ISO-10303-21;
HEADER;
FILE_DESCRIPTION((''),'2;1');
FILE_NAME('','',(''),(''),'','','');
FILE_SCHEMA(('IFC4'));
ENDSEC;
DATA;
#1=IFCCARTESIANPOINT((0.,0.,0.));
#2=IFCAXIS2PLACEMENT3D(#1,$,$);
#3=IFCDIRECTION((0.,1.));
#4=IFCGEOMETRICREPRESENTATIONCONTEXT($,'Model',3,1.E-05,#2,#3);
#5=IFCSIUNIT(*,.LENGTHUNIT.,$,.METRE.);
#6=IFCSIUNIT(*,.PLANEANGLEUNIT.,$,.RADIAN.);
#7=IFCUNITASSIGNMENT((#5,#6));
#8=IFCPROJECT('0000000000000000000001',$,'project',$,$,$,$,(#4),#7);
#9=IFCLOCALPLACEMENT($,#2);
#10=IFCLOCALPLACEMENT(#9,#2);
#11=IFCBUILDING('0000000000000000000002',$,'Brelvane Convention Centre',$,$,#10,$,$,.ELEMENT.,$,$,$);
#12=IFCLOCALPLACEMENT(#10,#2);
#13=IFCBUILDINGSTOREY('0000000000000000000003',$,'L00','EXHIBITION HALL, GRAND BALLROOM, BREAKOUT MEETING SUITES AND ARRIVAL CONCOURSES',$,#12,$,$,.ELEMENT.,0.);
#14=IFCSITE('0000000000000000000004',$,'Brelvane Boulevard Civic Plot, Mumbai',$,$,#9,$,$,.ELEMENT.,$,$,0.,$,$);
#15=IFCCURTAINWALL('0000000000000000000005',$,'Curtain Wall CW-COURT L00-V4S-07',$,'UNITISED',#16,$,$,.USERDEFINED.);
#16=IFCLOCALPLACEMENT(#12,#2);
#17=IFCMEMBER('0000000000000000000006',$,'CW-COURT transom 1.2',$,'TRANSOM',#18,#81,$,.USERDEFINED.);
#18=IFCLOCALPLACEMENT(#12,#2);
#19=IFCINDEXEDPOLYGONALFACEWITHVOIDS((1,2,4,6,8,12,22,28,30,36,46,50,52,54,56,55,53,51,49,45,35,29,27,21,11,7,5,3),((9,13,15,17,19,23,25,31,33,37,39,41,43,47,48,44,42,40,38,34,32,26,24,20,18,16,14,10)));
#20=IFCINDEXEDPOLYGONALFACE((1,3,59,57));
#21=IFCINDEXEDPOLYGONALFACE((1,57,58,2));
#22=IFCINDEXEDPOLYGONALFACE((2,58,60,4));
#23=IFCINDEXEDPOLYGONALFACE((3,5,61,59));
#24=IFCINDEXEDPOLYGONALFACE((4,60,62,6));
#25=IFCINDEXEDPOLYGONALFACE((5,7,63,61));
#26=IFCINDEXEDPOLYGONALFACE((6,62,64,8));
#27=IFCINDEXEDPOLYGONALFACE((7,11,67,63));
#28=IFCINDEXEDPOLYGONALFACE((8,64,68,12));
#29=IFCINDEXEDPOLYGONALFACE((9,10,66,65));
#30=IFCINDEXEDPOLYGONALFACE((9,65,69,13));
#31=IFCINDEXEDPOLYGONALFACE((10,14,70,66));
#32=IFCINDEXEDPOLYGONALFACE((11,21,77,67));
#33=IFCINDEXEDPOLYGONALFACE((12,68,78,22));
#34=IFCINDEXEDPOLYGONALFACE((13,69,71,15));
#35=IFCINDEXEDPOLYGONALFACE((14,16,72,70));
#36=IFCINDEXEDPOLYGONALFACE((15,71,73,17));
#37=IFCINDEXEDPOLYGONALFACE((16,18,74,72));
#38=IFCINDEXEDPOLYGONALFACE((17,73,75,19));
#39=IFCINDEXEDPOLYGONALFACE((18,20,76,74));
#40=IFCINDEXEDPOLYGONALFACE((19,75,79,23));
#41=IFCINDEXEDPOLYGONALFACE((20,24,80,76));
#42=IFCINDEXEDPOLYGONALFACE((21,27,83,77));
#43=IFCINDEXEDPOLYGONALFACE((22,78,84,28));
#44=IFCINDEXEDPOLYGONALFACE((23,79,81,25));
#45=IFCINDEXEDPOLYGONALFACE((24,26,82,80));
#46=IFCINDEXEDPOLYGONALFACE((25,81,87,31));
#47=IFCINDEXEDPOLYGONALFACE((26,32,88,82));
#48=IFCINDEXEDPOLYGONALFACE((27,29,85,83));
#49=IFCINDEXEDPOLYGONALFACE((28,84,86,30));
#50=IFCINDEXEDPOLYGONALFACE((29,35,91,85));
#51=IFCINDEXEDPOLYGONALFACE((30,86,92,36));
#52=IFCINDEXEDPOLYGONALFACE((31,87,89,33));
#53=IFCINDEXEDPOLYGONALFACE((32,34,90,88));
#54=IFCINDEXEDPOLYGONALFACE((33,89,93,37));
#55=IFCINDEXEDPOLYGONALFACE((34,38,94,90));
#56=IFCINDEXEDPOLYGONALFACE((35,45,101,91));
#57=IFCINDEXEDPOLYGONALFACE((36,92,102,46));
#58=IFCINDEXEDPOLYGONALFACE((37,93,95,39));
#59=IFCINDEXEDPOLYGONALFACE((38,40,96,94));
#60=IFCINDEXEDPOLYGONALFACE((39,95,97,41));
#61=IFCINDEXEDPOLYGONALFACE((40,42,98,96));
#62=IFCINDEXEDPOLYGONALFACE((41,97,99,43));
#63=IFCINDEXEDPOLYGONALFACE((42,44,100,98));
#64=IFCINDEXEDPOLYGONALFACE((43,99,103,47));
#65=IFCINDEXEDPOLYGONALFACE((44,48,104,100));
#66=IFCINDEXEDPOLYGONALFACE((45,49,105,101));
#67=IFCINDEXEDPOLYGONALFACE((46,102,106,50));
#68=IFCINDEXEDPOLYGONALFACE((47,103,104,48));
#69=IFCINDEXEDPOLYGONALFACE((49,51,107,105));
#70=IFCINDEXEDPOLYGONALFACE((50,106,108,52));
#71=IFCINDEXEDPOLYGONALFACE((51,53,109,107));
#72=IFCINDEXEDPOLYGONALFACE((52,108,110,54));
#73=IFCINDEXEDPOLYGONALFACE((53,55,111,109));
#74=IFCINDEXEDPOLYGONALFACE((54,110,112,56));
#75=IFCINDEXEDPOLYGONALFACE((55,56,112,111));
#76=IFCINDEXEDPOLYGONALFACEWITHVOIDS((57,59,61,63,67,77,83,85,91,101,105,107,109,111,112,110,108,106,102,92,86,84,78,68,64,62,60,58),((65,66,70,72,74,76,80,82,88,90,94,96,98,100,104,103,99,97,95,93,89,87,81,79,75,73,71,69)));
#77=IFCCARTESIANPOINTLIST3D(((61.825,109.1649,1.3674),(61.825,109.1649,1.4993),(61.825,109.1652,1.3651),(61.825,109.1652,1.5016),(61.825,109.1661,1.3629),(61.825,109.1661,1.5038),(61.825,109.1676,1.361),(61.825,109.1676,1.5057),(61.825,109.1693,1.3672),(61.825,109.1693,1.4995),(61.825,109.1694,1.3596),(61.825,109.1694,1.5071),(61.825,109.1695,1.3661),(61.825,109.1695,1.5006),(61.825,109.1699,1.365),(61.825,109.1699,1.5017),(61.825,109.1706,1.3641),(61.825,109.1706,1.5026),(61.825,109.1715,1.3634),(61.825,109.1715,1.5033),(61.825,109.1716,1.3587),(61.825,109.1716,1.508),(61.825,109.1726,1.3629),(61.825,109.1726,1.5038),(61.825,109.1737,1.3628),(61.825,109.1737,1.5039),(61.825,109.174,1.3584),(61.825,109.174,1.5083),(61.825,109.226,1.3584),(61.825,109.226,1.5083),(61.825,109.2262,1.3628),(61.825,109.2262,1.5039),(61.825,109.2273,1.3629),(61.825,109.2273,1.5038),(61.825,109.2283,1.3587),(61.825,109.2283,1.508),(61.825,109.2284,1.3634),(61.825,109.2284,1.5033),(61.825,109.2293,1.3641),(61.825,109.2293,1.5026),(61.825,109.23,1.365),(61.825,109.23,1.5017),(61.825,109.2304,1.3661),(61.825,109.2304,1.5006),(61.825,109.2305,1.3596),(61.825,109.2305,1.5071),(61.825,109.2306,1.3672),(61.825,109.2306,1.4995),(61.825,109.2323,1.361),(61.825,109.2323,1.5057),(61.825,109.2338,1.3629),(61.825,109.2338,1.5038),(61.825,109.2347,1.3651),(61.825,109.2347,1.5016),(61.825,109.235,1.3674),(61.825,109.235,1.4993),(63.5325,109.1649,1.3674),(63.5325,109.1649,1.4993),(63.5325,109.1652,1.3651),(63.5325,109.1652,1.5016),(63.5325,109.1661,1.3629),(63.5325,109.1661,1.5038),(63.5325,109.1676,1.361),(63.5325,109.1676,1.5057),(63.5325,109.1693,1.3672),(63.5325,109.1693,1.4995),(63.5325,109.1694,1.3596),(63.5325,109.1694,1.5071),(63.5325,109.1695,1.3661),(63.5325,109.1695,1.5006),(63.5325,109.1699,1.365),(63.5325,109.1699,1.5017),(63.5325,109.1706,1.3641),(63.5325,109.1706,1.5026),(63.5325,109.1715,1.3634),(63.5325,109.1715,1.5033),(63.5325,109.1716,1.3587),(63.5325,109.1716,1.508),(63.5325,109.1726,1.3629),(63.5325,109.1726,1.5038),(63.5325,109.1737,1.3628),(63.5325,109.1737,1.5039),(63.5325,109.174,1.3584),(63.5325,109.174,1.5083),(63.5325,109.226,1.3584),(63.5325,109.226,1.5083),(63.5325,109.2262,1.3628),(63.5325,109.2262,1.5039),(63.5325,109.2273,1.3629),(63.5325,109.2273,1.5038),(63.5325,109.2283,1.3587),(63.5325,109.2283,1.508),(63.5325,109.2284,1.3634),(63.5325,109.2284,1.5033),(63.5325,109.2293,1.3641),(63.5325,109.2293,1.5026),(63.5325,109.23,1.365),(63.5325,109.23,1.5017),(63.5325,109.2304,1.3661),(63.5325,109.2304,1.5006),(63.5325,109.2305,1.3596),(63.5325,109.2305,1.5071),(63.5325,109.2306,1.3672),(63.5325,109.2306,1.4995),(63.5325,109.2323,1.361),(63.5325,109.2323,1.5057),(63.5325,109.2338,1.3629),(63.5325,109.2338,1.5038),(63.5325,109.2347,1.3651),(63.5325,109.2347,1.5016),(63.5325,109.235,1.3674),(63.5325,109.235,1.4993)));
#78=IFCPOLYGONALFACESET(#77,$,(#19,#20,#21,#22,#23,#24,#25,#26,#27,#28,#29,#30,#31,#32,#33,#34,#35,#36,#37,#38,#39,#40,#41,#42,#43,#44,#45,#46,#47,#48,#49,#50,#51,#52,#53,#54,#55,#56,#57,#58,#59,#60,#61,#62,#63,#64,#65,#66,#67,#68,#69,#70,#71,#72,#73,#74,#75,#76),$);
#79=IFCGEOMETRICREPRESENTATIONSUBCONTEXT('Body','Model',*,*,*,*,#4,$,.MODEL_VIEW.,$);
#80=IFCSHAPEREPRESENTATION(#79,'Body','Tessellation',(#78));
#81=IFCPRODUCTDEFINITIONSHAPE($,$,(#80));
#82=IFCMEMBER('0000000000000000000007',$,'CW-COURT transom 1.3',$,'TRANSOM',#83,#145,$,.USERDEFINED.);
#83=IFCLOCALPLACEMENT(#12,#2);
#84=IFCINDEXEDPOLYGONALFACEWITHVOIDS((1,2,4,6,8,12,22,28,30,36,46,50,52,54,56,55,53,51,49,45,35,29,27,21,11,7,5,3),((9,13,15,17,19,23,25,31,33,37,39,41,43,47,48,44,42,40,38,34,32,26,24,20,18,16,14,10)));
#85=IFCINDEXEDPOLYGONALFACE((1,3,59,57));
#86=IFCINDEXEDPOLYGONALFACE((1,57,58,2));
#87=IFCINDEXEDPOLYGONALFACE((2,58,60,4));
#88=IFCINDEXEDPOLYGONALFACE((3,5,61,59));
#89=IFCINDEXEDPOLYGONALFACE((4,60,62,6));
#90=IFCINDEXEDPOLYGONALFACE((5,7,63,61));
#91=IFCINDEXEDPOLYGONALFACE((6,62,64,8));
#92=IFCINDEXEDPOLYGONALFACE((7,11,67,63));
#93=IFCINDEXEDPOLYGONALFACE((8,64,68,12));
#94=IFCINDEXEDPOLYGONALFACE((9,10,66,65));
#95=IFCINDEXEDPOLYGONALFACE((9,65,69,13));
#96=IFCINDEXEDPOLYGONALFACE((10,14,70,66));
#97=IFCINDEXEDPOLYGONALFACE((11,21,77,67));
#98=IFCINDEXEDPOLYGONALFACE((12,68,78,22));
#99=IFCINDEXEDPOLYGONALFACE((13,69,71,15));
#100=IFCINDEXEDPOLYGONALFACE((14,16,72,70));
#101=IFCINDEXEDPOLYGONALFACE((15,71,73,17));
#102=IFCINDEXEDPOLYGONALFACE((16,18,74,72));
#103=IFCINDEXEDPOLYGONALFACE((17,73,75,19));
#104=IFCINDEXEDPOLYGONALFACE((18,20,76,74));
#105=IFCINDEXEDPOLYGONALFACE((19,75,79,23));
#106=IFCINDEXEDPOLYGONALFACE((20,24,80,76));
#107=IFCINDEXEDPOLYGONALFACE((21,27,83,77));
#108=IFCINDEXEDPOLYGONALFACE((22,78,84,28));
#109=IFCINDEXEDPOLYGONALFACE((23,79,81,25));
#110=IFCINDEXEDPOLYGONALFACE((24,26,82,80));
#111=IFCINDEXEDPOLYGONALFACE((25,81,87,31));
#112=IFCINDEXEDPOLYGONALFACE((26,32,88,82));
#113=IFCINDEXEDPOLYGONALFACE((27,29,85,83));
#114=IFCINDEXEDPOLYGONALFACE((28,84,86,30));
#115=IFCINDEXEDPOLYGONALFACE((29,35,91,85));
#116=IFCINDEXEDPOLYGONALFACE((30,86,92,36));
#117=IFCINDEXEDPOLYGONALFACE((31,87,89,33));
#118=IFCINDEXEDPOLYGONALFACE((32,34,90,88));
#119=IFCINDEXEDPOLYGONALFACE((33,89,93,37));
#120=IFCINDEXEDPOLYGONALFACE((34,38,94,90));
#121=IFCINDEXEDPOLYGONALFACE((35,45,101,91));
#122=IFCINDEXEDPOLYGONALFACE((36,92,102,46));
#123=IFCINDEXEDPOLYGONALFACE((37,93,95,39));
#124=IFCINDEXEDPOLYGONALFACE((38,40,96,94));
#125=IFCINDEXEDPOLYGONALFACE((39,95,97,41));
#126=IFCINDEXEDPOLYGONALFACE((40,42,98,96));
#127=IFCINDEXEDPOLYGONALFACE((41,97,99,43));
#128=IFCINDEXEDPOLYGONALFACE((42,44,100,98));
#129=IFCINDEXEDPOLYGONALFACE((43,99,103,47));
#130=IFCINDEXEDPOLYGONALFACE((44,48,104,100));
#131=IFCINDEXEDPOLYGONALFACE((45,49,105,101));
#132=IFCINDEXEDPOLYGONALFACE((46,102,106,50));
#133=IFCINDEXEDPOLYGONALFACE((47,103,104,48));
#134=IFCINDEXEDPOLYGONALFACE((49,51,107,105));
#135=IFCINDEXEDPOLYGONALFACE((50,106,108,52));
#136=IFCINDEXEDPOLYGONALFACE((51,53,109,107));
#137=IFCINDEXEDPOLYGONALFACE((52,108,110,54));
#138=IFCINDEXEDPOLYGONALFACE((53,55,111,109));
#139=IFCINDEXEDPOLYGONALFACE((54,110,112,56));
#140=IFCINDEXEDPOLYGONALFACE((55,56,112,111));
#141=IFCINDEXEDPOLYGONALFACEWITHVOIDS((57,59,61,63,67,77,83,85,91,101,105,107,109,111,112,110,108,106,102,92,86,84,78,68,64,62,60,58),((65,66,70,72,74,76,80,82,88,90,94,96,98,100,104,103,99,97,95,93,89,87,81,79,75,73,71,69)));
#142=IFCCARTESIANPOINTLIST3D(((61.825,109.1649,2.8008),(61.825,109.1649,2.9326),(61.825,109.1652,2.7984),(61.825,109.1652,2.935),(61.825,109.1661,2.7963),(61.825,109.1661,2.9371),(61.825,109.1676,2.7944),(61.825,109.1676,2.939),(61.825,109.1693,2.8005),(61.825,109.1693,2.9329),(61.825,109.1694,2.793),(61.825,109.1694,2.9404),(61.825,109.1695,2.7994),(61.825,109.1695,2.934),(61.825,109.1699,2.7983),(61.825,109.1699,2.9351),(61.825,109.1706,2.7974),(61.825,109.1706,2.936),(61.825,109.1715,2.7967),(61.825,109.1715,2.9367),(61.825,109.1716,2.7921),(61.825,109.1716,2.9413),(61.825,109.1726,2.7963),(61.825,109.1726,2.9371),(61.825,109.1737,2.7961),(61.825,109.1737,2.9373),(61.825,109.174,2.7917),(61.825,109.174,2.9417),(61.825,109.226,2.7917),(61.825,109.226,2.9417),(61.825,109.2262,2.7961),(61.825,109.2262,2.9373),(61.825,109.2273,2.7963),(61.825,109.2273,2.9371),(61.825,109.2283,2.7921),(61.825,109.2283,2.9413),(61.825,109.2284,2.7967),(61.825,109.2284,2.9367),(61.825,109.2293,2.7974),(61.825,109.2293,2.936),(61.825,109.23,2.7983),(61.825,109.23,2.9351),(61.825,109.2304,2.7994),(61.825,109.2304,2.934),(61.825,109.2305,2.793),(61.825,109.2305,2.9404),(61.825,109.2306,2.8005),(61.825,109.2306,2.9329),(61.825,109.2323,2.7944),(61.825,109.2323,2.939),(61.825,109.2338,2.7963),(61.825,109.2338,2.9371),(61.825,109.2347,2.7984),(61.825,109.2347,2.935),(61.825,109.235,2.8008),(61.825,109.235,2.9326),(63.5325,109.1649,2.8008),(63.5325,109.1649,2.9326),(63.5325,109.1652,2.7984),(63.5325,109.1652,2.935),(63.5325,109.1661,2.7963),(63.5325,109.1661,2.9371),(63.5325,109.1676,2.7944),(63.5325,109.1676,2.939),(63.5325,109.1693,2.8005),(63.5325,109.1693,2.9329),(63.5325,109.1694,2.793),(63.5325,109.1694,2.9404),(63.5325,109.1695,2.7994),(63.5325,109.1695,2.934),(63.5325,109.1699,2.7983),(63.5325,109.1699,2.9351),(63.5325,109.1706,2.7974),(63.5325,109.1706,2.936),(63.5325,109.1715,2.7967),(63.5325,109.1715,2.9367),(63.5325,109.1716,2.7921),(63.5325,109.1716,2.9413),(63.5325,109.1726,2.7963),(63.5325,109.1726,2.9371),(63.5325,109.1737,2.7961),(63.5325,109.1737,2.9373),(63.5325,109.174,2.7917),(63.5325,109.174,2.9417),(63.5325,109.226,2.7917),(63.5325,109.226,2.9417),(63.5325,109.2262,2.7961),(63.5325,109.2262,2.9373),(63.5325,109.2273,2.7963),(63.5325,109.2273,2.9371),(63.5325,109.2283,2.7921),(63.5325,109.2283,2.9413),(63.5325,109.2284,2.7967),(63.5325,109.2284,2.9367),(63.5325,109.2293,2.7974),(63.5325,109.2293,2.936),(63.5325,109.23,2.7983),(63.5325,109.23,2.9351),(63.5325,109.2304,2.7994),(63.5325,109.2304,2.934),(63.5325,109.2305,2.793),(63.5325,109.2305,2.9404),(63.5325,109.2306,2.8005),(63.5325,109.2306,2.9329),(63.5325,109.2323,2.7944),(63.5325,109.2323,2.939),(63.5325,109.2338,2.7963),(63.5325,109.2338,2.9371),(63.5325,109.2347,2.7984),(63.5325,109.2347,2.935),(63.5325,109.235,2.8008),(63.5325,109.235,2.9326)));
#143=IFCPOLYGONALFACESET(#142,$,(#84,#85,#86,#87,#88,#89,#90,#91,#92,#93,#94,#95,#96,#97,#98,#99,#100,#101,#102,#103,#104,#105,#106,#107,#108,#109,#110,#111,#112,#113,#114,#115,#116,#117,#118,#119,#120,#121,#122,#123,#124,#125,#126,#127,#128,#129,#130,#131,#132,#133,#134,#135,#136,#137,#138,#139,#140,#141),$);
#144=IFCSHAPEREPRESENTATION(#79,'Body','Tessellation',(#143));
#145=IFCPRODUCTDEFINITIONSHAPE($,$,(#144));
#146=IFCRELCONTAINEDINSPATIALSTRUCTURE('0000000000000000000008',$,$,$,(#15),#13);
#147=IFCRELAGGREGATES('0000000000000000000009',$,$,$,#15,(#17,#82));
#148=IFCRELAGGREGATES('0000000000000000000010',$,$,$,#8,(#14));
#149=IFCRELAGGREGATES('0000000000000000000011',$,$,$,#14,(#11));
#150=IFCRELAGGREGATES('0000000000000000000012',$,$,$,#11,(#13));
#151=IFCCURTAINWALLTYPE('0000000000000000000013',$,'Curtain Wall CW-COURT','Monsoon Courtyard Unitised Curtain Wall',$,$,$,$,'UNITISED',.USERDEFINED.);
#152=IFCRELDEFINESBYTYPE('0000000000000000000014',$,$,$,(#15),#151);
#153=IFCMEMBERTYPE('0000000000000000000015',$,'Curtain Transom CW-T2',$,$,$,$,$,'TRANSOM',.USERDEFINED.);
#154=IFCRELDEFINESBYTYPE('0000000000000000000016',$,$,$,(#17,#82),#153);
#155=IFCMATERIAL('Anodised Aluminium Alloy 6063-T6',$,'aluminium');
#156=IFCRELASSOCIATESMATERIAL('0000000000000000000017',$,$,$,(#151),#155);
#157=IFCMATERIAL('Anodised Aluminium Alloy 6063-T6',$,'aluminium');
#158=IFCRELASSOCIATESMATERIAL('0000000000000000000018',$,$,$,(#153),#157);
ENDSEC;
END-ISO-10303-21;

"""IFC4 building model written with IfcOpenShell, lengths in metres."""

from ifc_helpers import new_model, si_unit, direction, frame, origin, origin_2d, place, context, subcontext, project, spatial, hollow_rectangle, extrude, material, material_profile, profile_set, type_object, element, aggregate, save


model = new_model("IFC4")

# Units and contexts
model_context = context("Model", 3, precision=1e-05, world=origin(), true_north=direction((0.0, 1.0)))
body_context = subcontext(model_context, "Body", "Model", "MODEL_VIEW")
ifc_project = project(units=[si_unit("LENGTHUNIT", "METRE"), si_unit("PLANEANGLEUNIT", "RADIAN")], contexts=[model_context])

# Site, building, storey
site_placement = place(None, origin())
site = spatial("IfcSite", under=ifc_project, at=site_placement, Name="Brelvane Boulevard Civic Plot, Mumbai", CompositionType="ELEMENT", RefElevation=0.0)
building_placement = place(site_placement, origin())
building = spatial("IfcBuilding", under=site, at=building_placement, Name="Brelvane Convention Centre", CompositionType="ELEMENT")
storey_placement = place(building_placement, origin())
storey = spatial("IfcBuildingStorey", under=building, at=storey_placement, Name="L00", Description="EXHIBITION HALL, GRAND BALLROOM, BREAKOUT MEETING SUITES AND ARRIVAL CONCOURSES", CompositionType="ELEMENT", Elevation=0.0)

# Curtain wall, members
ifc_material_1 = material(Name="Anodised Aluminium Alloy 6063-T6", Category="aluminium")
curtain_wall_type = type_object("IfcCurtainWallType", Name="Curtain Wall CW-COURT", Description="Monsoon Courtyard Unitised Curtain Wall", ElementType="UNITISED", PredefinedType="USERDEFINED", material=ifc_material_1)
curtain_wall_placement = place(storey_placement, origin())
curtain_wall = element("IfcCurtainWall", 1, at=curtain_wall_placement, inside=storey, type_object=curtain_wall_type, Name="Curtain Wall CW-COURT L00-V4S-07", ObjectType="UNITISED", PredefinedType="USERDEFINED")
ifc_material_2 = material(Name="Anodised Aluminium Alloy 6063-T6", Category="aluminium")
ifc_material_profile_1 = material_profile(ifc_material_2, hollow_rectangle(XDim=0.0701, YDim=0.1499, WallThickness=0.0044, InnerFilletRadius=0.0044, OuterFilletRadius=0.009, at=origin_2d()), Name="ALU-T 150x70x4.5")
ifc_profile_set_1 = profile_set([ifc_material_profile_1], Name="Anodised Aluminium Alloy 6063-T6")
member_type_1 = type_object("IfcMemberType", Name="Curtain Transom CW-T2", ElementType="TRANSOM", PredefinedType="USERDEFINED", material=ifc_profile_set_1)
member_1_placement = place(storey_placement, frame((61.825, 109.2, 1.4333), z_axis=(1.0, 0.0, 0.0), x_axis=(0.0, 1.0, 0.0)))
member_1 = element("IfcMember", 2, at=member_1_placement, type_object=member_type_1, Name="CW-COURT transom 1.2", ObjectType="TRANSOM", PredefinedType="USERDEFINED", context=body_context, shape_type="SweptSolid", body=[
    extrude(hollow_rectangle(XDim=0.0701, YDim=0.1499, WallThickness=0.0044, InnerFilletRadius=0.0044, OuterFilletRadius=0.009, at=origin_2d()), origin(), (0.0, 0.0, 1.0), 1.7075),
])
member_2_placement = place(storey_placement, frame((61.825, 109.2, 2.8667), z_axis=(1.0, 0.0, 0.0), x_axis=(0.0, 1.0, 0.0)))
member_2 = element("IfcMember", 3, at=member_2_placement, type_object=member_type_1, Name="CW-COURT transom 1.3", ObjectType="TRANSOM", PredefinedType="USERDEFINED", context=body_context, shape_type="SweptSolid", body=[
    extrude(hollow_rectangle(XDim=0.0701, YDim=0.1499, WallThickness=0.0044, InnerFilletRadius=0.0044, OuterFilletRadius=0.009, at=origin_2d()), origin(), (0.0, 0.0, 1.0), 1.7075),
])
aggregate(curtain_wall, [member_1, member_2])

save(model, "model.ifc")
